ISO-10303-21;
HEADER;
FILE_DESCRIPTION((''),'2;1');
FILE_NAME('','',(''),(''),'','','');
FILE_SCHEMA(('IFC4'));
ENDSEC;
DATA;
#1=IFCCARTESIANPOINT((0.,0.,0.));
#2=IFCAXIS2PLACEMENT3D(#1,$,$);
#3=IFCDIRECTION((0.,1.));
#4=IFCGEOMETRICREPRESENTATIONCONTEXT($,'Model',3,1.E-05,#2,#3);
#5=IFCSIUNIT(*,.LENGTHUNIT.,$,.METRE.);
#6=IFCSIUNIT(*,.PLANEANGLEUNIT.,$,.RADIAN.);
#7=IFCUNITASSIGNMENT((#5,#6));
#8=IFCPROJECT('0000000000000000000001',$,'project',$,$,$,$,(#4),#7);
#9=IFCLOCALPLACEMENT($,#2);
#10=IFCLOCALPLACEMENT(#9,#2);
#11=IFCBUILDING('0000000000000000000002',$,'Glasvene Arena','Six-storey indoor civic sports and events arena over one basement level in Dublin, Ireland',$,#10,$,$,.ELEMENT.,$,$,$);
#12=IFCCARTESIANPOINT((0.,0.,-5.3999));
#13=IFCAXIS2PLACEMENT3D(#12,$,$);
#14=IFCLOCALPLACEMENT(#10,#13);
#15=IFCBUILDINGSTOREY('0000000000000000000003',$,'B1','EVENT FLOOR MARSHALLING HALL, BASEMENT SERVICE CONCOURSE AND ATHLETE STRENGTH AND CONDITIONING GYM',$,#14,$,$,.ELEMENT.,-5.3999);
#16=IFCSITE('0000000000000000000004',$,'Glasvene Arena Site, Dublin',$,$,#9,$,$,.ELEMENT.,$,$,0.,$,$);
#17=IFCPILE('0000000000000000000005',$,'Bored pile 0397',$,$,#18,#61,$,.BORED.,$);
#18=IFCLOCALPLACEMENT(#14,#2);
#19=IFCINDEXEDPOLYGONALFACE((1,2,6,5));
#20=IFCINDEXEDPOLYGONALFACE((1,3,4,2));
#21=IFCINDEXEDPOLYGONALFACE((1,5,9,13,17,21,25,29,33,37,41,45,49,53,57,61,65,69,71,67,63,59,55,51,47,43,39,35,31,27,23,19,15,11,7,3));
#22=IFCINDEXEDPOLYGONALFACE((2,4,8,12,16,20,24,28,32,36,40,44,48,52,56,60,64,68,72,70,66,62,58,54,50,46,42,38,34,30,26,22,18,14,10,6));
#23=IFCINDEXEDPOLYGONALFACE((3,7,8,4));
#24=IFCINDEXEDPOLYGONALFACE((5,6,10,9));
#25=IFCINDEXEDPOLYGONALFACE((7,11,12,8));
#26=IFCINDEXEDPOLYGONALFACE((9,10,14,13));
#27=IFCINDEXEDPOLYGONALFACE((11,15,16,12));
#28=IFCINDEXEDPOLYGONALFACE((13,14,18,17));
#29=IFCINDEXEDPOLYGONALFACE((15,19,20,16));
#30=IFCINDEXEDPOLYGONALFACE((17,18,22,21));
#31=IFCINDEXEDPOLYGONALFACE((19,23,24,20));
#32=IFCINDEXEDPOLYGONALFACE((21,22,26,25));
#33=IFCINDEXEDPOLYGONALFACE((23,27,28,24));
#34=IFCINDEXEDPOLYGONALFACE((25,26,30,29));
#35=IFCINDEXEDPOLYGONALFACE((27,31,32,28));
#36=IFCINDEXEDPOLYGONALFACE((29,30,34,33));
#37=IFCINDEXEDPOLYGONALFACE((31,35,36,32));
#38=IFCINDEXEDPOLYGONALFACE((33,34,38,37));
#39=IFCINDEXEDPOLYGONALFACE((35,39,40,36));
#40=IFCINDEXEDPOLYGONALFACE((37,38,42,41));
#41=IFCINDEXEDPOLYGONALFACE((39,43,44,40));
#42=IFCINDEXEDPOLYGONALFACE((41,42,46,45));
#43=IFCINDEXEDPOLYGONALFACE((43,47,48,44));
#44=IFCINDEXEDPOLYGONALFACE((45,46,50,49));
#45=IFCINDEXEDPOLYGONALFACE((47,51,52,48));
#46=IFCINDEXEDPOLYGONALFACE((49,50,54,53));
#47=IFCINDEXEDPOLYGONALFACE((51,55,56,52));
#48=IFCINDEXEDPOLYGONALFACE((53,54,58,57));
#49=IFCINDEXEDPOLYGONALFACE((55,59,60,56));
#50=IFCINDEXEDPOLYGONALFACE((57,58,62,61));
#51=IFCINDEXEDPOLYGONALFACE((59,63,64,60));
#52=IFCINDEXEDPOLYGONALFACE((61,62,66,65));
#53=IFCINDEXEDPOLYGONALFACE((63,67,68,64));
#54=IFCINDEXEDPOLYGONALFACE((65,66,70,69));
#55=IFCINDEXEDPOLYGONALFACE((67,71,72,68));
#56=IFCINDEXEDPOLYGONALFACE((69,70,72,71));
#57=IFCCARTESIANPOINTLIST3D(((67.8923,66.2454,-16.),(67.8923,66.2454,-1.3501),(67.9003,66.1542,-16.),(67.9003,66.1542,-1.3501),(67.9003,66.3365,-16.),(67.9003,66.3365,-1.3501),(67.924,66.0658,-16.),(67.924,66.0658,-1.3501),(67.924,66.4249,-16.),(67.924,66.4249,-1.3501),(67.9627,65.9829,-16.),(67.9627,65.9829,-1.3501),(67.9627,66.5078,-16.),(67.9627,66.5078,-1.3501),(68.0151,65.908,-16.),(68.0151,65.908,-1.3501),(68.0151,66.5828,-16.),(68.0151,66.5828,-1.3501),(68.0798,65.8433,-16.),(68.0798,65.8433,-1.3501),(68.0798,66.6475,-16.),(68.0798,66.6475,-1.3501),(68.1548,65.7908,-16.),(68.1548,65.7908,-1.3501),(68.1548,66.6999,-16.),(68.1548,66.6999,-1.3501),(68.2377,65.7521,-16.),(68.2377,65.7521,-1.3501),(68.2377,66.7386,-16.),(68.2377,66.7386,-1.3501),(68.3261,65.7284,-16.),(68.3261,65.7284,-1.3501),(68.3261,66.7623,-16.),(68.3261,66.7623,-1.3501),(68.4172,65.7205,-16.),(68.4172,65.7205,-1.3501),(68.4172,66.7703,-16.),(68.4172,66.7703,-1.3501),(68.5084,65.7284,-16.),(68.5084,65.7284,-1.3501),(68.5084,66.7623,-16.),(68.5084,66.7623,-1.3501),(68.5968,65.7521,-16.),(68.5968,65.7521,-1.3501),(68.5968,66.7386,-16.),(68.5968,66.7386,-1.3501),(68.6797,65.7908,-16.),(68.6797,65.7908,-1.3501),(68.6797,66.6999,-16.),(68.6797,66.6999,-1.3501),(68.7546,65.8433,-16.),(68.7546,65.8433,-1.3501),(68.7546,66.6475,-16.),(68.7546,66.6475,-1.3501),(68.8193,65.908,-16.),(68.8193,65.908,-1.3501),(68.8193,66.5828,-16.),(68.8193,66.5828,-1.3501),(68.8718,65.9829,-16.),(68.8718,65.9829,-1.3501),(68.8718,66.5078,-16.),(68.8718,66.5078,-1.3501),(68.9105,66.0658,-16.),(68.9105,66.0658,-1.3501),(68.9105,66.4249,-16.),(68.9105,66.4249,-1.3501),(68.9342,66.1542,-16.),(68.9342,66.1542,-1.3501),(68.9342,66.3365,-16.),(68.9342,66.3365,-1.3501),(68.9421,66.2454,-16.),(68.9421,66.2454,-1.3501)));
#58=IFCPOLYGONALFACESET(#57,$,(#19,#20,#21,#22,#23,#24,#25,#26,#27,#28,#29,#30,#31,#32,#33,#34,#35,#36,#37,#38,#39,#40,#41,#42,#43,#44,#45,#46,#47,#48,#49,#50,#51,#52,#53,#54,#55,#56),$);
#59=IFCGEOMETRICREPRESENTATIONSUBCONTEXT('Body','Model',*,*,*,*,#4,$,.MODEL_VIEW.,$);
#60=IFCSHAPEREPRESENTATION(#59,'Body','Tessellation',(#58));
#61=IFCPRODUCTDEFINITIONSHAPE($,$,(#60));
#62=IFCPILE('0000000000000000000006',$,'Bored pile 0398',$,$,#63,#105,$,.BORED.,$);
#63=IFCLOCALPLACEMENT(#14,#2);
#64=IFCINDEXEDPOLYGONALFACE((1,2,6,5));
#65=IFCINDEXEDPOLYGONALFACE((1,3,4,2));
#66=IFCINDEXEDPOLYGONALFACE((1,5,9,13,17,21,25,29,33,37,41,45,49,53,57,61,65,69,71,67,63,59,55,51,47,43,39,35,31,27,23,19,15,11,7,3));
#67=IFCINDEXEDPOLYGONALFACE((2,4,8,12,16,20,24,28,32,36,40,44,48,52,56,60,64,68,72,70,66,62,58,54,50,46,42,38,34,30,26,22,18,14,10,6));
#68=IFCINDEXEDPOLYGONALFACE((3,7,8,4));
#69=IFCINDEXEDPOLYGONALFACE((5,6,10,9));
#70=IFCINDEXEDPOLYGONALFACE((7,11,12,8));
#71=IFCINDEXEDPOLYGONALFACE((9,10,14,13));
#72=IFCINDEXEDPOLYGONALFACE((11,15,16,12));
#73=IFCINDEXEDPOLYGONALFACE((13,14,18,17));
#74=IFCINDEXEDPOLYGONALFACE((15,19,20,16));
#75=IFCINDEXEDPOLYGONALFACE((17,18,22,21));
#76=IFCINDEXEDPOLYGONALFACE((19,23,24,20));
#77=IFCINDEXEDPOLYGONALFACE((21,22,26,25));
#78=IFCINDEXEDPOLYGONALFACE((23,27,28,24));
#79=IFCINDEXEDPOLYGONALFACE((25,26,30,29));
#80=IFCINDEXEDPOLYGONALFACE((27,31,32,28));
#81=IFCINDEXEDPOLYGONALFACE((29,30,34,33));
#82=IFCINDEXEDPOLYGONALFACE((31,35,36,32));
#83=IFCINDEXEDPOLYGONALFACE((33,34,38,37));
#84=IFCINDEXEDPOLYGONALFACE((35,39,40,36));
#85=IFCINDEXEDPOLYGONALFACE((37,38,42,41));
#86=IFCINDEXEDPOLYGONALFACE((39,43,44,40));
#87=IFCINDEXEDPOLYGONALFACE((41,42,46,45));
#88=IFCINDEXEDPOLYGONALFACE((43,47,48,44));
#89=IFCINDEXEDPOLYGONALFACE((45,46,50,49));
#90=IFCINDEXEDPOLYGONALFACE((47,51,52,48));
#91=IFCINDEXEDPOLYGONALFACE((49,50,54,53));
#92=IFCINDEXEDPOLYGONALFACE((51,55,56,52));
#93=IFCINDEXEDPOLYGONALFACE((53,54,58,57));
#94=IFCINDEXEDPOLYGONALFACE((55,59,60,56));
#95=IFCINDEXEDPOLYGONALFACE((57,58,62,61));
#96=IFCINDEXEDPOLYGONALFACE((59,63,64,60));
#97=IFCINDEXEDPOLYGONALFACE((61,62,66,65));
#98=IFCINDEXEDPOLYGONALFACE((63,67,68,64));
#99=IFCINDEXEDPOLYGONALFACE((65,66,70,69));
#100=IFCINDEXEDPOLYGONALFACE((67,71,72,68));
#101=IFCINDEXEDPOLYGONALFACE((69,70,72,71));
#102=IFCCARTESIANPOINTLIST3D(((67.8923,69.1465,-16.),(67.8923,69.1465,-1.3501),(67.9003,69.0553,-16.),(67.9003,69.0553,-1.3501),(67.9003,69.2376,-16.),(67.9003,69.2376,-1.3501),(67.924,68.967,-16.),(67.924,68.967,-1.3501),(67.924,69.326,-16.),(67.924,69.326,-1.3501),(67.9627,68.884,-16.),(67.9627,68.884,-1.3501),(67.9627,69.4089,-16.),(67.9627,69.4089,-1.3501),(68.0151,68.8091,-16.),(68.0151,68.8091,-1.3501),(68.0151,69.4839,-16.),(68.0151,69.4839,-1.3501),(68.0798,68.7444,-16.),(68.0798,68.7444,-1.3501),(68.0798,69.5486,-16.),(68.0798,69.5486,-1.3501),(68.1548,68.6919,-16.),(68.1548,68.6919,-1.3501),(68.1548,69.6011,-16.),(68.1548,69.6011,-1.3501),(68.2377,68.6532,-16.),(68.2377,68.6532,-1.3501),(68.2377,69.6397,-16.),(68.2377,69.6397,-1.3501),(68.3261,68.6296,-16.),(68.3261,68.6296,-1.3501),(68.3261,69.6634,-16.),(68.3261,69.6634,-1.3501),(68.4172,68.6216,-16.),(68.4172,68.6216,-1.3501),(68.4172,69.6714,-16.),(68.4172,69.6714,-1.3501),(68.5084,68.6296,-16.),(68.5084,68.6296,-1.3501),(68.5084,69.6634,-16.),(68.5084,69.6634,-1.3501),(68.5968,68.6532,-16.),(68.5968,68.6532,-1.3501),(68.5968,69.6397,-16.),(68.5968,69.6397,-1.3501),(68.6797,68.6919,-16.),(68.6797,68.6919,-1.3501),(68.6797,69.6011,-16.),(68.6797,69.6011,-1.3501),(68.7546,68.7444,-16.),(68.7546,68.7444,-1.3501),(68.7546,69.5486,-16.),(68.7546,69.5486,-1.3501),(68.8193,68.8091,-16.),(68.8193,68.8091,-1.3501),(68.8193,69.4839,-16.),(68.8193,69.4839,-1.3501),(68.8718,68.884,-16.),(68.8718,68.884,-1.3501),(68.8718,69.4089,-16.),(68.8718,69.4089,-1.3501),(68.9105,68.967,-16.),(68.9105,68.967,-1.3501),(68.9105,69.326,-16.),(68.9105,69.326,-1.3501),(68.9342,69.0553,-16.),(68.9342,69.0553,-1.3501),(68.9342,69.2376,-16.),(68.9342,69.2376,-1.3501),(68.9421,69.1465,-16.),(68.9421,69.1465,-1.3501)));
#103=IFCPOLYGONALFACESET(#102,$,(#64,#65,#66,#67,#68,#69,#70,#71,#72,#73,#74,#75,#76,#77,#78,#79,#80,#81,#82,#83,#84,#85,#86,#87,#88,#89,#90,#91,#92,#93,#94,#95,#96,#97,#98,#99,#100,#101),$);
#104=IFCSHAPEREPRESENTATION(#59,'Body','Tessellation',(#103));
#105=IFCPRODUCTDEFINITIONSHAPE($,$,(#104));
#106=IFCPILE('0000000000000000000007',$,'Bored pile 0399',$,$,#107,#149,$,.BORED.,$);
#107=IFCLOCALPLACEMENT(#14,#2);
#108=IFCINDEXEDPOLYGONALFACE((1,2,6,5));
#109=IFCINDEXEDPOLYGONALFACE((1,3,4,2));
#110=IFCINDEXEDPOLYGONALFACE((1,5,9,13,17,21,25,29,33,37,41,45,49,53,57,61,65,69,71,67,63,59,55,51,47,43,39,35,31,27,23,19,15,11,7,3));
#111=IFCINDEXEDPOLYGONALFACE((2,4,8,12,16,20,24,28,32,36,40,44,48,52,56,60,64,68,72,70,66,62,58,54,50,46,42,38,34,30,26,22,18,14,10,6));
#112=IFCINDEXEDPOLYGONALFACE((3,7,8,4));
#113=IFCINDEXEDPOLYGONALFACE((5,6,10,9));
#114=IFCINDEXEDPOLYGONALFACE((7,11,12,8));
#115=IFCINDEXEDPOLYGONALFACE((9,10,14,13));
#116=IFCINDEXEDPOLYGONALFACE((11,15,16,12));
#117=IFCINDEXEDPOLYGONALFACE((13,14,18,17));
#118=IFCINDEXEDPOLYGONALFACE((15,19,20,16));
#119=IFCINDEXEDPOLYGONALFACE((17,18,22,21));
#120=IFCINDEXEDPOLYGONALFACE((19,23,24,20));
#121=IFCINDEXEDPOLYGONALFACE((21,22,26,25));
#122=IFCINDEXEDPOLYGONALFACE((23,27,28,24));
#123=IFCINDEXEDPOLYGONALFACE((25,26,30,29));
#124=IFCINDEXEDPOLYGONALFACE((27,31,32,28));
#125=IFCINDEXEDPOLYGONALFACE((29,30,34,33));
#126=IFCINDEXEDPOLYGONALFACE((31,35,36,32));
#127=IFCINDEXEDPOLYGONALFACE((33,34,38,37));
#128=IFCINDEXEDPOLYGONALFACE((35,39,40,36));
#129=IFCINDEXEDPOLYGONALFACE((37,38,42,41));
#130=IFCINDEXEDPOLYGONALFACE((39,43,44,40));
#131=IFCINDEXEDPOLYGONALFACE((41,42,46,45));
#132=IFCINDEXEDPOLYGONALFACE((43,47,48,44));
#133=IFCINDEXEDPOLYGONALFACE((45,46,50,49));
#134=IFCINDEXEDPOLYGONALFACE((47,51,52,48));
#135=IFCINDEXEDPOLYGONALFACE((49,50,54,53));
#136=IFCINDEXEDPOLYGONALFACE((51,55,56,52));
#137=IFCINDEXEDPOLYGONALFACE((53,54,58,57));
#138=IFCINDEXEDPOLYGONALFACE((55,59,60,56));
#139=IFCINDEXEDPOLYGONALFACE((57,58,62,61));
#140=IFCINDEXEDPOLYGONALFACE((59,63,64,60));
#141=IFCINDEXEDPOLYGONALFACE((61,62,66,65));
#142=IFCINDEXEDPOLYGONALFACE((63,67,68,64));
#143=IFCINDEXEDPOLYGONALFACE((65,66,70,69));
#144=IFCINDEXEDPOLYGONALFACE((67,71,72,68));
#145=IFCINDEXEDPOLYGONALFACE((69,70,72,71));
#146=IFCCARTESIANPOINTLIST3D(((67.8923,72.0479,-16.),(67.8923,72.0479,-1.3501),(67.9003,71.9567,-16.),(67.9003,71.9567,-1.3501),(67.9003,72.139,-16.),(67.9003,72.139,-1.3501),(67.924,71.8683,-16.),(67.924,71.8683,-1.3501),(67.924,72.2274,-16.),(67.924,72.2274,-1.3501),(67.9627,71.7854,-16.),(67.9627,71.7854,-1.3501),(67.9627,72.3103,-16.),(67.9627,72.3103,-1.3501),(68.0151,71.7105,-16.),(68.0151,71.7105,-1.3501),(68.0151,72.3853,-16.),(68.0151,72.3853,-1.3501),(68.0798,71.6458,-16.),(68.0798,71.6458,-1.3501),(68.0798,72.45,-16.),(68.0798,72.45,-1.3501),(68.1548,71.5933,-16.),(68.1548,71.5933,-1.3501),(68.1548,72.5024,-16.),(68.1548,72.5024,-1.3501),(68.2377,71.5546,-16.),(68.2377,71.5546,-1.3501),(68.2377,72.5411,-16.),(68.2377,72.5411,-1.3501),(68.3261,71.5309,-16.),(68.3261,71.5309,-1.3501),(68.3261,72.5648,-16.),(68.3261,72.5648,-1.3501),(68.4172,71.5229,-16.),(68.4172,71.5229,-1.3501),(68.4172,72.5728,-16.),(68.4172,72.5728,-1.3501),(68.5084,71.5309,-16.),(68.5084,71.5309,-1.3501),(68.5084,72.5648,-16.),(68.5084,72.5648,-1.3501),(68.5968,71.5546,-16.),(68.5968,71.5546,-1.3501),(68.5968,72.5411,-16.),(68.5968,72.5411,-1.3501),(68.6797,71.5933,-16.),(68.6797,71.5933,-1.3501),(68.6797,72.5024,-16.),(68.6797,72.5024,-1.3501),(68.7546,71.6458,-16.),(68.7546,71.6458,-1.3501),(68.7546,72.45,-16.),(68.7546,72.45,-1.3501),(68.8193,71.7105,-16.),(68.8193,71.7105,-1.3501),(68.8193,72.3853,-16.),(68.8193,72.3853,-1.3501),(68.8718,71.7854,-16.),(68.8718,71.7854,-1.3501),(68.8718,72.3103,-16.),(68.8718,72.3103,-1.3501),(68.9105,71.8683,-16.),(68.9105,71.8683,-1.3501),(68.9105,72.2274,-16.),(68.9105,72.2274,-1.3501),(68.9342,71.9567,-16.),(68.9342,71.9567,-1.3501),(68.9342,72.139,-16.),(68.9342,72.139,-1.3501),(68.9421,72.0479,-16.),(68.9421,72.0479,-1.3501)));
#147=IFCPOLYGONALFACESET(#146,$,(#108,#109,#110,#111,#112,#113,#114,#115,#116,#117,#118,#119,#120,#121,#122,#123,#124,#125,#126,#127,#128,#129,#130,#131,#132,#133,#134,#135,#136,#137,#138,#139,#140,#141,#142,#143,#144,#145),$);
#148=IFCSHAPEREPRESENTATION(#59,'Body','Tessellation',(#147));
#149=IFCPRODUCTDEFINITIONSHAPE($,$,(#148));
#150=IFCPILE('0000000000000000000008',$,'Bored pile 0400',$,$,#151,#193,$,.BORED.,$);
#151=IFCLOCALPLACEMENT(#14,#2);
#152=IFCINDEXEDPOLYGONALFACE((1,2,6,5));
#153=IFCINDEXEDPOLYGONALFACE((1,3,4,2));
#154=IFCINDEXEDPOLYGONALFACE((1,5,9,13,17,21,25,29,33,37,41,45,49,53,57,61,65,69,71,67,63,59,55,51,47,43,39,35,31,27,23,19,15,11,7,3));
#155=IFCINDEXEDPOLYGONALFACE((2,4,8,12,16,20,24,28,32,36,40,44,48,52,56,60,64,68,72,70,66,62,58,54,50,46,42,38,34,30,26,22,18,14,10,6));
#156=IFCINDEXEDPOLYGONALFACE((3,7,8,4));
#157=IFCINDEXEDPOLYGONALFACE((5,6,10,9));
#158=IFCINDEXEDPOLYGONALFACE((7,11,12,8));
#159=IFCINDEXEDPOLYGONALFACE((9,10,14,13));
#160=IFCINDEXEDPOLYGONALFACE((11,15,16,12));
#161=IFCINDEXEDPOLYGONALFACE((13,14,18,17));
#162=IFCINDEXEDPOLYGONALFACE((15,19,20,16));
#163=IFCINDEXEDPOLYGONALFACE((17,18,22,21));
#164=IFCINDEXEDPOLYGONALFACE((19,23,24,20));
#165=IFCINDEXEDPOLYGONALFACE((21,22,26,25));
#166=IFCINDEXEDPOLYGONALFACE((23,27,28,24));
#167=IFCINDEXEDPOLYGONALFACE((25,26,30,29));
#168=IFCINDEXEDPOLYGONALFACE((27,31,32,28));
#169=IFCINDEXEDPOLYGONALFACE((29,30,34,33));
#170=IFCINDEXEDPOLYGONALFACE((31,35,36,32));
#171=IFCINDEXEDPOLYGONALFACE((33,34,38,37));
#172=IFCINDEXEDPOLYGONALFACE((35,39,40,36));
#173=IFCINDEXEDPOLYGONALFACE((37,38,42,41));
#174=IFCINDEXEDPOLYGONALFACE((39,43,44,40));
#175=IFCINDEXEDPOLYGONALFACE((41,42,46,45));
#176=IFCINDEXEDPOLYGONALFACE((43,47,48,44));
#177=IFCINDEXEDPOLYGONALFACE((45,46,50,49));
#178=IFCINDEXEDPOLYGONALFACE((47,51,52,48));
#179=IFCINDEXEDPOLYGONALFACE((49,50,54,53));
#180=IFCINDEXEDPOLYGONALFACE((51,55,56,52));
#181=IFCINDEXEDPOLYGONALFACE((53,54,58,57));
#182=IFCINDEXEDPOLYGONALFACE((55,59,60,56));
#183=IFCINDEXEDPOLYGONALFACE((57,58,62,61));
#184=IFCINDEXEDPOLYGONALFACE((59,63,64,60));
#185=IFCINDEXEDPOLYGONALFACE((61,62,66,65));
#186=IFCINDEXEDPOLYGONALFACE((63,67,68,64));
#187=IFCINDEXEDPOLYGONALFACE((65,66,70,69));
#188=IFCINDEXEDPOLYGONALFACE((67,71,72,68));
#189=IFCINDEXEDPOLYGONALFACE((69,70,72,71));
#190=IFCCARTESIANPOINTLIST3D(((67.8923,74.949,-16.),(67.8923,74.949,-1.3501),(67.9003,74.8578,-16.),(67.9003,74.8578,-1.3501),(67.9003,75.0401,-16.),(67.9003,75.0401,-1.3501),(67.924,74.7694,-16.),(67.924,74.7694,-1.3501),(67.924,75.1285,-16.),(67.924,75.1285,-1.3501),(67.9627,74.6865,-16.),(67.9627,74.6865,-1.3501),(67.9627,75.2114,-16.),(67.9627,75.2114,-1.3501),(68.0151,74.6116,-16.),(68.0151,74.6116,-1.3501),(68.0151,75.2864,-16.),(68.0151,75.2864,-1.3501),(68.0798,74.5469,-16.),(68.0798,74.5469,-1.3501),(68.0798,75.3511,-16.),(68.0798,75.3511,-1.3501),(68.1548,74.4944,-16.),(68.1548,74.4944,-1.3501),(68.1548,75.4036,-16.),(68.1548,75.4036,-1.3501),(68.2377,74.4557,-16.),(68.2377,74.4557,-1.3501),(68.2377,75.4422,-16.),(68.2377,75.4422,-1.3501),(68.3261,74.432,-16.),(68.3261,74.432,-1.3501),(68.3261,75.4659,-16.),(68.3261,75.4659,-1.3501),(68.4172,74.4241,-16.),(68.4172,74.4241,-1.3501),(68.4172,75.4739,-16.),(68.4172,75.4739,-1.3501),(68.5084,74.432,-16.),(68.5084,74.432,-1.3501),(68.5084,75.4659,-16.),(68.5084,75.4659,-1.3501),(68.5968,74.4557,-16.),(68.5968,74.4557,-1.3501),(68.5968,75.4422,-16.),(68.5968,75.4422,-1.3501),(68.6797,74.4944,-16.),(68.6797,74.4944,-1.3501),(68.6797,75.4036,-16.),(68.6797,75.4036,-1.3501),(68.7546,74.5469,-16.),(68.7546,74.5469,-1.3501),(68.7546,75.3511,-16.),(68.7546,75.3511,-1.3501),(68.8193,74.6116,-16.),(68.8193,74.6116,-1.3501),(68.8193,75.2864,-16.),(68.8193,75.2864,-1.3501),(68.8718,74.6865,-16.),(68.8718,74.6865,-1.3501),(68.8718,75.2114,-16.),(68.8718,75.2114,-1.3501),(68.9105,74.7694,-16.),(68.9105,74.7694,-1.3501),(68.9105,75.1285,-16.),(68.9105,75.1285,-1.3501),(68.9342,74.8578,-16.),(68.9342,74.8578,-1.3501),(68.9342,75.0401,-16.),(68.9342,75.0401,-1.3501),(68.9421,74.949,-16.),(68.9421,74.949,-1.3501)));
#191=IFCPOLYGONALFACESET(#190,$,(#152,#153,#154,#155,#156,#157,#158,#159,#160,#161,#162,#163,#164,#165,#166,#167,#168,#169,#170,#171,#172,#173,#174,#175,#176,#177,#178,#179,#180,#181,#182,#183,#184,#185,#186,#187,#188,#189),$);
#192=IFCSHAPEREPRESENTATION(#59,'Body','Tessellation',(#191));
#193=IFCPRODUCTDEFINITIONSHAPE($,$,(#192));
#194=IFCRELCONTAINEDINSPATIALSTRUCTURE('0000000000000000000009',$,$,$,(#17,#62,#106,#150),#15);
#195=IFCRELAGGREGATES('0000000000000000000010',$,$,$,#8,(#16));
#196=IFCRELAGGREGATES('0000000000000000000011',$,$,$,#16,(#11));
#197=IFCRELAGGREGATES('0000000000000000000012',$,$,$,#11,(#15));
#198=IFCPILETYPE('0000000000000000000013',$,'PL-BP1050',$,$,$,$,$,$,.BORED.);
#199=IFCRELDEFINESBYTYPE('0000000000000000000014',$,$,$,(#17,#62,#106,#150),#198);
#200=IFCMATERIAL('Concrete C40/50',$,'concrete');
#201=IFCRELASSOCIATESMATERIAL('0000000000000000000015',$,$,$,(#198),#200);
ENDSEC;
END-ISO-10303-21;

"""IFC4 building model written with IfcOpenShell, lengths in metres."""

from ifc_helpers import new_model, si_unit, direction, frame, origin, origin_2d, place, context, subcontext, project, spatial, circle, extrude, material, material_profile, profile_set, type_object, element, save


model = new_model("IFC4")

# Units and contexts
model_context = context("Model", 3, precision=1e-05, world=origin(), true_north=direction((0.0, 1.0)))
body_context = subcontext(model_context, "Body", "Model", "MODEL_VIEW")
ifc_project = project(units=[si_unit("LENGTHUNIT", "METRE"), si_unit("PLANEANGLEUNIT", "RADIAN")], contexts=[model_context])

# Site, building, storey
site_placement = place(None, origin())
site = spatial("IfcSite", under=ifc_project, at=site_placement, Name="Glasvene Arena Site, Dublin", CompositionType="ELEMENT", RefElevation=0.0)
building_placement = place(site_placement, origin())
building = spatial("IfcBuilding", under=site, at=building_placement, Name="Glasvene Arena", Description="Six-storey indoor civic sports and events arena over one basement level in Dublin, Ireland", CompositionType="ELEMENT")
storey_placement = place(building_placement, frame((0.0, 0.0, -5.3999)))
storey = spatial("IfcBuildingStorey", under=building, at=storey_placement, Name="B1", Description="EVENT FLOOR MARSHALLING HALL, BASEMENT SERVICE CONCOURSE AND ATHLETE STRENGTH AND CONDITIONING GYM", CompositionType="ELEMENT", Elevation=-5.3999)

# Piles
ifc_material_1 = material(Name="Concrete C40/50", Category="concrete")
ifc_material_profile_1 = material_profile(ifc_material_1, circle(Radius=0.5249, at=origin_2d()), Name="BORED PILE 1050")
ifc_profile_set_1 = profile_set([ifc_material_profile_1], Name="Concrete C40/50")
pile_type = type_object("IfcPileType", Name="PL-BP1050", PredefinedType="BORED", material=ifc_profile_set_1)
for number, where, z_axis, x_axis, name in (
    (1, (68.4172, 66.2454, -1.3501), (0.0, 0.0, -1.0), (1.0, 0.0, 0.0), "Bored pile 0397"),
    (2, (68.4172, 69.1465, -1.3501), (0.0, 0.0, -1.0), (1.0, 0.0, 0.0), "Bored pile 0398"),
    (3, (68.4172, 72.0479, -1.3501), (0.0, 0.0, -1.0), (1.0, 0.0, 0.0), "Bored pile 0399"),
    (4, (68.4172, 74.949, -1.3501), (0.0, 0.0, -1.0), (1.0, 0.0, 0.0), "Bored pile 0400"),
):
    element("IfcPile", number, at=place(storey_placement, frame(where, z_axis=z_axis, x_axis=x_axis)), inside=storey, type_object=pile_type, Name=name, PredefinedType="BORED", context=body_context, shape_type="SweptSolid", body=[
        extrude(circle(Radius=0.5249, at=origin_2d()), origin(), (0.0, 0.0, 1.0), 14.6499),
    ])

save(model, "model.ifc")
